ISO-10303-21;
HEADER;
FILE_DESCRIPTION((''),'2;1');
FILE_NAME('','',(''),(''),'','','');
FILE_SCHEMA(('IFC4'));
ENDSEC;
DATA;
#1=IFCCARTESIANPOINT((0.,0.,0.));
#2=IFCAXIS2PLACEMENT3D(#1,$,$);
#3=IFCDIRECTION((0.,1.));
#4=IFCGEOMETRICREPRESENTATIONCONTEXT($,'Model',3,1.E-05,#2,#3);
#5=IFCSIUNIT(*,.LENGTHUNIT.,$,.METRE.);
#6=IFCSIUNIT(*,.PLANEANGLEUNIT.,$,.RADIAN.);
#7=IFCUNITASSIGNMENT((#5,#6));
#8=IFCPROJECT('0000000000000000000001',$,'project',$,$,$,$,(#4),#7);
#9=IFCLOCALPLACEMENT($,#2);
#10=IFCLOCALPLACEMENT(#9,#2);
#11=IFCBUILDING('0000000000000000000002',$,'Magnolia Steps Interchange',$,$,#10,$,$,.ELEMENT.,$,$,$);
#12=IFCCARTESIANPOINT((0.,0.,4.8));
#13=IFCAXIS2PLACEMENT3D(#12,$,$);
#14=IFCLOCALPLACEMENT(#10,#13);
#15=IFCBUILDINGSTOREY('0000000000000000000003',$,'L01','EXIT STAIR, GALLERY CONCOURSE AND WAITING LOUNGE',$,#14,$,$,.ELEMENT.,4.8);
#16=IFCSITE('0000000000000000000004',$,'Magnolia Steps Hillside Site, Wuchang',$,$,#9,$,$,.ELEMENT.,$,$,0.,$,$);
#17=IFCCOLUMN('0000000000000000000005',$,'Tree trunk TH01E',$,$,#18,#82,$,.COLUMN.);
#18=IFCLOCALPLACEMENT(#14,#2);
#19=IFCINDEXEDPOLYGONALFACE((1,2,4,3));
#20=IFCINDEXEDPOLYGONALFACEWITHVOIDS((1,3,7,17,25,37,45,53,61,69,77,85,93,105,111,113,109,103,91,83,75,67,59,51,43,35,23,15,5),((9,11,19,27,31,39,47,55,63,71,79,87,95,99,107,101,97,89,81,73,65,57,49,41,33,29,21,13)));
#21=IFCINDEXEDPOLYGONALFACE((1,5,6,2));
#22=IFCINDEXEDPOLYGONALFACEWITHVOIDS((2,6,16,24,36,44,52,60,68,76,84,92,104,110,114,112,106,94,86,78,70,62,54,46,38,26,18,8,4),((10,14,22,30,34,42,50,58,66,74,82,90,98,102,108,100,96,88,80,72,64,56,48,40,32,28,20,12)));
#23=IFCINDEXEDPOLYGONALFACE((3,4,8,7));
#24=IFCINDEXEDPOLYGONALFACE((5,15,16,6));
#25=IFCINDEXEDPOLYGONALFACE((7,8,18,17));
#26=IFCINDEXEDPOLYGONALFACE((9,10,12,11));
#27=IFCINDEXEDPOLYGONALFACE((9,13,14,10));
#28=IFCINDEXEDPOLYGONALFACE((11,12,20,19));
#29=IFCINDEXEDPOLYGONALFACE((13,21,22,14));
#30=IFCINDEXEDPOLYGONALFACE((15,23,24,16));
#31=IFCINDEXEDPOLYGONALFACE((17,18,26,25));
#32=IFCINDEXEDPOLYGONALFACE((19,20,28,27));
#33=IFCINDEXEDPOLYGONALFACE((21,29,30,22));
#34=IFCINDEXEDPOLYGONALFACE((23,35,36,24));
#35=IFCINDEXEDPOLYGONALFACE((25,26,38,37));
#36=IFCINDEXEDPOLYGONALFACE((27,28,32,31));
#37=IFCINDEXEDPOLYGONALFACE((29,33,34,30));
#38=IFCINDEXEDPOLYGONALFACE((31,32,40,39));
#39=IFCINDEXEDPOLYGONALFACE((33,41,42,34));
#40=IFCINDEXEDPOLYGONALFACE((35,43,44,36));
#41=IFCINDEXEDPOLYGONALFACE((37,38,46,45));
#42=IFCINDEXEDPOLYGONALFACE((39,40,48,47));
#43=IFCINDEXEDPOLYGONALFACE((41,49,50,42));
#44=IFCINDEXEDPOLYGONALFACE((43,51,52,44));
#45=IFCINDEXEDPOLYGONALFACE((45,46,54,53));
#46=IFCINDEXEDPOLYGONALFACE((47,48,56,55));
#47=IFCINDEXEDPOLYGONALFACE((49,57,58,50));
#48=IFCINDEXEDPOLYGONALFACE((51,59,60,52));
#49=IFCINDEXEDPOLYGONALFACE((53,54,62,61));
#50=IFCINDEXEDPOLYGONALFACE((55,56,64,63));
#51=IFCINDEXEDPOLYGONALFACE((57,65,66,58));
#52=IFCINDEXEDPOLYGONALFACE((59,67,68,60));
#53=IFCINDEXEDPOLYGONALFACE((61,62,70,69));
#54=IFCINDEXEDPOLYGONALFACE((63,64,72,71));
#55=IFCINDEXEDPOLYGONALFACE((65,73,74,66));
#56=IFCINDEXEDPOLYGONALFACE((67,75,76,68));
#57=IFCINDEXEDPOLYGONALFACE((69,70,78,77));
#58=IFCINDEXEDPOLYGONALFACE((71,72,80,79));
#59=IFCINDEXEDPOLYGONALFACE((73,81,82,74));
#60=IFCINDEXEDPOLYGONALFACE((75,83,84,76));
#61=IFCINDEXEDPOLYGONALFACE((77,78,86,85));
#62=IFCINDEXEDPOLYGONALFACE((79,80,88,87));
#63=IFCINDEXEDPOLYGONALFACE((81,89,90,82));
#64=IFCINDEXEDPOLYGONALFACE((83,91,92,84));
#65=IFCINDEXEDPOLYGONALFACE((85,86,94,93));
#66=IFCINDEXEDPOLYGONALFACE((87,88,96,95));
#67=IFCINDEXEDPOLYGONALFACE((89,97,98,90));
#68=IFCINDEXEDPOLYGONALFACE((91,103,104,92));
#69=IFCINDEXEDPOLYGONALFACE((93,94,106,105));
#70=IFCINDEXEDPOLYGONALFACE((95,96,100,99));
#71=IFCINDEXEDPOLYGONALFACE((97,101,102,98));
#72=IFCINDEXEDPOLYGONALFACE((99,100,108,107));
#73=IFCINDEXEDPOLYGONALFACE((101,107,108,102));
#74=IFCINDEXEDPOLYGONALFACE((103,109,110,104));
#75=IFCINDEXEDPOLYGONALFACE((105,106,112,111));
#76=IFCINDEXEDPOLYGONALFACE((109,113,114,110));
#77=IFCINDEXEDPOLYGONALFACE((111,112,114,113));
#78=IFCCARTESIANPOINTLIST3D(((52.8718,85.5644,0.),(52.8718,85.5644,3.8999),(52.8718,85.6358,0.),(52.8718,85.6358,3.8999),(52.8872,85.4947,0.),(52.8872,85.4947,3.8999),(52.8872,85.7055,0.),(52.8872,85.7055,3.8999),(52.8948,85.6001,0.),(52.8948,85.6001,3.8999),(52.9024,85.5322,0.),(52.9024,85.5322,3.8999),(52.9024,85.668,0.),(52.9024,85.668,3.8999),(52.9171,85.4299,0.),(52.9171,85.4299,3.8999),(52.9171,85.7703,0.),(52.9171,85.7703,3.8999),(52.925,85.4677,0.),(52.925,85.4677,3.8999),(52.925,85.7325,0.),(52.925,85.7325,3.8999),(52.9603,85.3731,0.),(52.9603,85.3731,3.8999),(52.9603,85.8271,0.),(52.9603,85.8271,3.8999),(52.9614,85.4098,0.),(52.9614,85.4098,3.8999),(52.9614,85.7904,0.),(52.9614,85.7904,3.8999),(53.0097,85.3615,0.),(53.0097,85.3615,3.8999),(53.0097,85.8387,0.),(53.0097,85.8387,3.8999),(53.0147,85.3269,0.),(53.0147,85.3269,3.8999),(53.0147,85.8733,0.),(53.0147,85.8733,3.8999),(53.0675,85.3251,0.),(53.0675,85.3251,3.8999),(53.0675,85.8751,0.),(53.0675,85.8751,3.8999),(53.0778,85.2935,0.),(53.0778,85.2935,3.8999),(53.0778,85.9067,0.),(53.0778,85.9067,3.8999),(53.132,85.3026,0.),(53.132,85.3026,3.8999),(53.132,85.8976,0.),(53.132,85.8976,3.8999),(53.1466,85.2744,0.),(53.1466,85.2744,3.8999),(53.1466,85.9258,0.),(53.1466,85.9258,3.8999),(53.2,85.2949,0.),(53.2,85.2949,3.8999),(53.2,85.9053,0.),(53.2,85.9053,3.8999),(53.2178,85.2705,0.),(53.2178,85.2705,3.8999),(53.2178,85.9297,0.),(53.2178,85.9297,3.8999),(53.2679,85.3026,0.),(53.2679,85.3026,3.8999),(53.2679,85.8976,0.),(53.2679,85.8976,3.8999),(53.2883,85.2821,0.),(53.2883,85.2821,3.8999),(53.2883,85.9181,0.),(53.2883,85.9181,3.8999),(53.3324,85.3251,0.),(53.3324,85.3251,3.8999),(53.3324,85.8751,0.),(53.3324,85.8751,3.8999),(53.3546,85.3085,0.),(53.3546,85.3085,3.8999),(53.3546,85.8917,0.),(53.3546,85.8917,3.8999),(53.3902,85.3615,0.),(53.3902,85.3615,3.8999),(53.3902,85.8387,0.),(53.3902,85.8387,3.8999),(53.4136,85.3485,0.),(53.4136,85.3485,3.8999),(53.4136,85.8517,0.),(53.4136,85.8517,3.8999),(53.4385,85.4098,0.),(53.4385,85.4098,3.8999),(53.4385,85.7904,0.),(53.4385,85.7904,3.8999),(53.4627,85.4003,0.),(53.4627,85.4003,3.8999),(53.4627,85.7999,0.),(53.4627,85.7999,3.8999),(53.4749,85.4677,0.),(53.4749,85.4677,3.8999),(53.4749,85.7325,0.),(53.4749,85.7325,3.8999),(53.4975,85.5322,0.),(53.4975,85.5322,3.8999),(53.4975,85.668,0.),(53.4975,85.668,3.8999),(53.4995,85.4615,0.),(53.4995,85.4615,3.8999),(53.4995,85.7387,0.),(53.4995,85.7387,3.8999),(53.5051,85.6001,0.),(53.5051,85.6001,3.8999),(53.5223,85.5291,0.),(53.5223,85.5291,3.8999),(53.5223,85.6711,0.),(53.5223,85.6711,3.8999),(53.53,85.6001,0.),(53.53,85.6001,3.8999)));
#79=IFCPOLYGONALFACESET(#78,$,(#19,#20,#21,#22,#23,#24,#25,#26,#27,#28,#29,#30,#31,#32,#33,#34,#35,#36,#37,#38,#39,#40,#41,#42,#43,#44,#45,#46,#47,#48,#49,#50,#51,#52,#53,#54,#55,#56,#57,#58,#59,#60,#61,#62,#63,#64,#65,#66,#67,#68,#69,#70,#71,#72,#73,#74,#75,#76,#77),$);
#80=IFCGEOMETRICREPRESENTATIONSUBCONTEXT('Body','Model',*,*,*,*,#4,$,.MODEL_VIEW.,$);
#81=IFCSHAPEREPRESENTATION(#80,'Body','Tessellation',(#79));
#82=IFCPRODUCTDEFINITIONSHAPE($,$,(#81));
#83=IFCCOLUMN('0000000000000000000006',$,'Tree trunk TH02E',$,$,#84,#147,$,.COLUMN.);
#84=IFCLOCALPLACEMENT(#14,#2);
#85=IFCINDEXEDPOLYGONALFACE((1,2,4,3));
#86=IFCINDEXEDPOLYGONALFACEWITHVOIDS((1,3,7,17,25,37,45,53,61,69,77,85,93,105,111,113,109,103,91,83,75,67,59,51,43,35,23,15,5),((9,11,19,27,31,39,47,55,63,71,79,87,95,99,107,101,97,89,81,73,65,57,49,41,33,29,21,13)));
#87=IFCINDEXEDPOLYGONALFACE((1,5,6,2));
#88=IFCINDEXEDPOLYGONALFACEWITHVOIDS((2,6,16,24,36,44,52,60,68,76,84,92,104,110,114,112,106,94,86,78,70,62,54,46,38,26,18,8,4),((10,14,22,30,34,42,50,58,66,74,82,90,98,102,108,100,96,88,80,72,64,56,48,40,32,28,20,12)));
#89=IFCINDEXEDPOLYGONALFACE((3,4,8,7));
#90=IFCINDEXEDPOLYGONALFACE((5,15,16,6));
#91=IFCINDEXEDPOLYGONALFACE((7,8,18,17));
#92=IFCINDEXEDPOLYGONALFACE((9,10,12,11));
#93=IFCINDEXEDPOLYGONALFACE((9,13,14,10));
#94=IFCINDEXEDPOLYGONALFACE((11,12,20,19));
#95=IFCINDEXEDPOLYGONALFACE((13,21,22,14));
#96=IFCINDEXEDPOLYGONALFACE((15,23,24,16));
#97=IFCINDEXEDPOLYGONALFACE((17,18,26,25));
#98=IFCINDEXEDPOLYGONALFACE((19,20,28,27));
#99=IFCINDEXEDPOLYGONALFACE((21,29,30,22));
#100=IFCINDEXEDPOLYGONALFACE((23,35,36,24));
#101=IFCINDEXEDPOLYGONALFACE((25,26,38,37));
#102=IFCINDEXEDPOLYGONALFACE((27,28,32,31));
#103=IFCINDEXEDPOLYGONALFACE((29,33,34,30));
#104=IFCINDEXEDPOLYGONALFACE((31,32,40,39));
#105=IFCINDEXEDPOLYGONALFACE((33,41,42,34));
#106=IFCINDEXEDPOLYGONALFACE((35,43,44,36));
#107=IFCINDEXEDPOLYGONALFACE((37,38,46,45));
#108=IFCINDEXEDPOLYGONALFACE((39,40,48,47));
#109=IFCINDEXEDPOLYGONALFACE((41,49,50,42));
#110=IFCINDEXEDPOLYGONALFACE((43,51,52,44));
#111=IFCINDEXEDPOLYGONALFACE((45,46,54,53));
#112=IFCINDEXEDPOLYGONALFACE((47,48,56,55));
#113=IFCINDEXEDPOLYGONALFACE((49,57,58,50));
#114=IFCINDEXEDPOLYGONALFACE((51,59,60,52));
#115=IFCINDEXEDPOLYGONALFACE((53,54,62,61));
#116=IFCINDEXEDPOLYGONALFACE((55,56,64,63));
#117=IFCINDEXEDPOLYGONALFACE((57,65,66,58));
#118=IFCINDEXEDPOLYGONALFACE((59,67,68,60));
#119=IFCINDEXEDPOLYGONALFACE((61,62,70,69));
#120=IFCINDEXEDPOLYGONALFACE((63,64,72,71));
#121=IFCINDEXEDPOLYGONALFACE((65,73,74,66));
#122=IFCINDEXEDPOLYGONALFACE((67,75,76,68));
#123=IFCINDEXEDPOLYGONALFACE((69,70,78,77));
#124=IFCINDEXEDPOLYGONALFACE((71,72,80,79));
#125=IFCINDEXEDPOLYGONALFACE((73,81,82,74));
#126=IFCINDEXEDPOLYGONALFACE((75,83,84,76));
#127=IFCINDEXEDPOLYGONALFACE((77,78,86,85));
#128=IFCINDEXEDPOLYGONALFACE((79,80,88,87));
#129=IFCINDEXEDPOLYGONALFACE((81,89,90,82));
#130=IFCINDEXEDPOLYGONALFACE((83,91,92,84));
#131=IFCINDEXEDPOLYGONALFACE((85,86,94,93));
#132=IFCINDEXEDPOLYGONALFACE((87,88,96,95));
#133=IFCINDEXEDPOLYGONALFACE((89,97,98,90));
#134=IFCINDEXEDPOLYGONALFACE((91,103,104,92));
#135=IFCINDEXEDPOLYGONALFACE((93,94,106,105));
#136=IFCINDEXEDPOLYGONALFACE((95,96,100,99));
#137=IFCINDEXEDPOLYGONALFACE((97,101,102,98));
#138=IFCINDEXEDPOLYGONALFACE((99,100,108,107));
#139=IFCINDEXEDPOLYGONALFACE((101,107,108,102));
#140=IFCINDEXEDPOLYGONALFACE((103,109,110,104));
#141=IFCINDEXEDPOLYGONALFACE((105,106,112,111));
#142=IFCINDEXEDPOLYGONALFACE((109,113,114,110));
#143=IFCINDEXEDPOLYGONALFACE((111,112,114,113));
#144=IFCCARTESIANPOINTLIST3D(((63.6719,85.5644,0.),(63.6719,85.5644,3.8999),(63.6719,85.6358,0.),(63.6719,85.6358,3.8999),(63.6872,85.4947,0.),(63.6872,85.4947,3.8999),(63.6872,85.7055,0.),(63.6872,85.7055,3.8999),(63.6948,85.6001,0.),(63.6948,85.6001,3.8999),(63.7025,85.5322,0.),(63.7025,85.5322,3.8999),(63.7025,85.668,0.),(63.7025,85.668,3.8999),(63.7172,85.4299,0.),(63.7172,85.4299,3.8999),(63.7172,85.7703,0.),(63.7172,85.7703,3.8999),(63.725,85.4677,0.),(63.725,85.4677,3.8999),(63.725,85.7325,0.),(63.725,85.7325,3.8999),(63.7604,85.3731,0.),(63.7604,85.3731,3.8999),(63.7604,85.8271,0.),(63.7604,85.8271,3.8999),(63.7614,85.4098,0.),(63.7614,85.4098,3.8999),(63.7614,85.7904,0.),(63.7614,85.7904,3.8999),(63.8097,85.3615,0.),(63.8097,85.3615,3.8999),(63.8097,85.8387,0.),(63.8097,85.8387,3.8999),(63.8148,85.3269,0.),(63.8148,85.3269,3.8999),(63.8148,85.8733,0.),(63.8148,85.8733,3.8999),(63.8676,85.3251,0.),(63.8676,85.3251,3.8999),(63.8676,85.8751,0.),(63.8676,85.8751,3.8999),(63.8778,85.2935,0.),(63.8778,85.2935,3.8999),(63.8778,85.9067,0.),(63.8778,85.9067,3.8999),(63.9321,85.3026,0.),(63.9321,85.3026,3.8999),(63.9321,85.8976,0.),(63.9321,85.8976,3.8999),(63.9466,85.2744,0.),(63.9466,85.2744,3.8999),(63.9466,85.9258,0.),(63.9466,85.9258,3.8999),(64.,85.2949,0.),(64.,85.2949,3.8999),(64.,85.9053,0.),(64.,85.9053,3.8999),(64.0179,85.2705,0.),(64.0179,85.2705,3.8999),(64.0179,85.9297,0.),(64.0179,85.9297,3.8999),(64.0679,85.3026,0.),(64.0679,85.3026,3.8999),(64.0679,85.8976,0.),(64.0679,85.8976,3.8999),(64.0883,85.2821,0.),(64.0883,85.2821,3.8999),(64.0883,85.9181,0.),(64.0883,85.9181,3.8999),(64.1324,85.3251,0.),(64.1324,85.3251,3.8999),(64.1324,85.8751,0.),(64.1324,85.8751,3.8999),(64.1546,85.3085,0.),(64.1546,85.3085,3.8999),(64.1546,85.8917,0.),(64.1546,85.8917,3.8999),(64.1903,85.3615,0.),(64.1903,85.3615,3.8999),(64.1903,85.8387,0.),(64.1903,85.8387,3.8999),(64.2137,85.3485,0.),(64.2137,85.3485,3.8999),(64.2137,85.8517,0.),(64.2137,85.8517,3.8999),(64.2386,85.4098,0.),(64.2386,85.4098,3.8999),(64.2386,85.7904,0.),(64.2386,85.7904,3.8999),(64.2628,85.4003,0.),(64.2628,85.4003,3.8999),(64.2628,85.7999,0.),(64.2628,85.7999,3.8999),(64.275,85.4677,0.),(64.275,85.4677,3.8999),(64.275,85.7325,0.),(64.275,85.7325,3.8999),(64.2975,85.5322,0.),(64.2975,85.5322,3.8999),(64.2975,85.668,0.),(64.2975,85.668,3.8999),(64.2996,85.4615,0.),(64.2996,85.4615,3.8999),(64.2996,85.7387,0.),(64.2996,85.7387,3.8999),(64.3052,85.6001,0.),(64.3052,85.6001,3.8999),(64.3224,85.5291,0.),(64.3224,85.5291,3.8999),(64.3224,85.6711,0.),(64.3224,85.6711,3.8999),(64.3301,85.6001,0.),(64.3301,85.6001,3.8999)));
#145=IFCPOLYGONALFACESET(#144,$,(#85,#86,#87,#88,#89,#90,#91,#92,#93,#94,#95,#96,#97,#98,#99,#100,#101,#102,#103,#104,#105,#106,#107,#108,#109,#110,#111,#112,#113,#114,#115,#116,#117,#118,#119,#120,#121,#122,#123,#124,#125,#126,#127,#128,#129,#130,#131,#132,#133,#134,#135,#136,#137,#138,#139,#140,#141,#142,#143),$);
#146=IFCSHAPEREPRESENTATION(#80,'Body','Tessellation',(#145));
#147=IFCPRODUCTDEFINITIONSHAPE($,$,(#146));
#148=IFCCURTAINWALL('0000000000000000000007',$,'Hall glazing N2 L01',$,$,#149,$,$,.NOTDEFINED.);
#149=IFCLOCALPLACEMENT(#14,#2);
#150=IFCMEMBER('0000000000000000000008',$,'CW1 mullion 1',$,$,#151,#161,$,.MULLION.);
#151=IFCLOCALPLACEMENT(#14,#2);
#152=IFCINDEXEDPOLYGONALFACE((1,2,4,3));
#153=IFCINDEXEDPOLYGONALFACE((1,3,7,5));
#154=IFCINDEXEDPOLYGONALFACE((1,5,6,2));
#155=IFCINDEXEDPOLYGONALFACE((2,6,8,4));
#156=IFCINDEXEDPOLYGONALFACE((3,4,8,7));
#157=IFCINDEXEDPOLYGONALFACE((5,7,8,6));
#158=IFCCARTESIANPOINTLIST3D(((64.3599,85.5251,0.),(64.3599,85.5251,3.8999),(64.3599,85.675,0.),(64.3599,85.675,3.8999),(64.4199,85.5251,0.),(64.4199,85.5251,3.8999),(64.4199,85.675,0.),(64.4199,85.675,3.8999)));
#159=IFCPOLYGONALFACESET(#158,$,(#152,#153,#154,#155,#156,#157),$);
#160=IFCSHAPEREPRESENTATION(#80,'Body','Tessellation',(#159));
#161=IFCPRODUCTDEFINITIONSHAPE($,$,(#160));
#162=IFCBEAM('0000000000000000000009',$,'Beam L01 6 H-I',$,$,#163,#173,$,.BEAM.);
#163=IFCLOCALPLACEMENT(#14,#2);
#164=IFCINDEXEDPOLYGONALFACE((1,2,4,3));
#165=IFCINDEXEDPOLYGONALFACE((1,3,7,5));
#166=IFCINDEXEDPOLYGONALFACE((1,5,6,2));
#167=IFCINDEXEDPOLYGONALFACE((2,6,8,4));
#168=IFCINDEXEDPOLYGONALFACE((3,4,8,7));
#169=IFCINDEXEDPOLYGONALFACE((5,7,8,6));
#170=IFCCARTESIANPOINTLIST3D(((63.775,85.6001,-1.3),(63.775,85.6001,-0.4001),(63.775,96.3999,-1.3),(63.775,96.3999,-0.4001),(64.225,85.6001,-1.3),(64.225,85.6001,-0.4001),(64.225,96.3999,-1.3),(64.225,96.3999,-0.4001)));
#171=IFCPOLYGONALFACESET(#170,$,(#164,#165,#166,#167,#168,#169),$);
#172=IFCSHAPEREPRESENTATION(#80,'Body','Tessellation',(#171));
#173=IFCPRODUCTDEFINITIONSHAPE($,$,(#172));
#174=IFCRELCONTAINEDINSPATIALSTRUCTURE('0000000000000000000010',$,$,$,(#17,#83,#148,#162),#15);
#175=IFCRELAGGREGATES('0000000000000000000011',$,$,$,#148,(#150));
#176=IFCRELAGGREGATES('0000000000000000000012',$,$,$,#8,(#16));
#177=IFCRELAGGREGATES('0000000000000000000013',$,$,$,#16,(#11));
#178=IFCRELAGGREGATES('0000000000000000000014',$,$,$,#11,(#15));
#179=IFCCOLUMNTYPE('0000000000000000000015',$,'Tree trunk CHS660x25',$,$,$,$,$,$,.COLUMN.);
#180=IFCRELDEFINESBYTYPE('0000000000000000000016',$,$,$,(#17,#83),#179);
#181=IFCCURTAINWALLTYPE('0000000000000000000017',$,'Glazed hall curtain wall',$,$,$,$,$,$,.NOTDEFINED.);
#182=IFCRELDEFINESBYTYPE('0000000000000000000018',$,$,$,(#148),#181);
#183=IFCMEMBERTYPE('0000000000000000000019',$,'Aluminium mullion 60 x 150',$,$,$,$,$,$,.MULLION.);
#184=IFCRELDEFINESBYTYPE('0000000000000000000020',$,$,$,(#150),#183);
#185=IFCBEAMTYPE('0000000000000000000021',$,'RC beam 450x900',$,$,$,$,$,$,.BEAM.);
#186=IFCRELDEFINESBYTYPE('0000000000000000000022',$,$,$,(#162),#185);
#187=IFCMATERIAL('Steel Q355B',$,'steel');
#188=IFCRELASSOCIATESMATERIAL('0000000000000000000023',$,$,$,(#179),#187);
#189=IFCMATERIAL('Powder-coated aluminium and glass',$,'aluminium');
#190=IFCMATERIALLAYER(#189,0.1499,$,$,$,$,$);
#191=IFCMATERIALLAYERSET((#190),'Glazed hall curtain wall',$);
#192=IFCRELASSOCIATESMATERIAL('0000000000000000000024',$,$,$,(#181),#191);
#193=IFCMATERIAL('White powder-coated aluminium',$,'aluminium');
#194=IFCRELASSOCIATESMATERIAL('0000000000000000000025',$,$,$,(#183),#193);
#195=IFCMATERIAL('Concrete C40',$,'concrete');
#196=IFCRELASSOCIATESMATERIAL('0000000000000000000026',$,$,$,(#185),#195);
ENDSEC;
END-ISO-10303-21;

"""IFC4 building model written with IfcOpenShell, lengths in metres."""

from ifc_helpers import new_model, si_unit, direction, frame, origin, origin_2d, place, context, subcontext, project, spatial, rectangle, hollow_circle, extrude, material, layer, layer_set, material_profile, profile_set, type_object, element, aggregate, save


model = new_model("IFC4")

# Units and contexts
model_context = context("Model", 3, precision=1e-05, world=origin(), true_north=direction((0.0, 1.0)))
body_context = subcontext(model_context, "Body", "Model", "MODEL_VIEW")
ifc_project = project(units=[si_unit("LENGTHUNIT", "METRE"), si_unit("PLANEANGLEUNIT", "RADIAN")], contexts=[model_context])

# Site, building, storey
site_placement = place(None, origin())
site = spatial("IfcSite", under=ifc_project, at=site_placement, Name="Magnolia Steps Hillside Site, Wuchang", CompositionType="ELEMENT", RefElevation=0.0)
building_placement = place(site_placement, origin())
building = spatial("IfcBuilding", under=site, at=building_placement, Name="Magnolia Steps Interchange", CompositionType="ELEMENT")
storey_placement = place(building_placement, frame((0.0, 0.0, 4.8)))
storey = spatial("IfcBuildingStorey", under=building, at=storey_placement, Name="L01", Description="EXIT STAIR, GALLERY CONCOURSE AND WAITING LOUNGE", CompositionType="ELEMENT", Elevation=4.8)

# Columns
ifc_material_1 = material(Name="Steel Q355B", Category="steel")
ifc_material_profile_1 = material_profile(ifc_material_1, hollow_circle(Radius=0.3301, WallThickness=0.0249, at=origin_2d()), Name="CHS660x25")
ifc_profile_set_1 = profile_set([ifc_material_profile_1], Name="Steel Q355B")
column_type = type_object("IfcColumnType", Name="Tree trunk CHS660x25", PredefinedType="COLUMN", material=ifc_profile_set_1)
for number, where, z_axis, x_axis, name in (
    (1, (53.2, 85.6001, 0.0), (0.0, 0.0, 1.0), (1.0, 0.0, 0.0), "Tree trunk TH01E"),
    (2, (64.0, 85.6001, 0.0), (0.0, 0.0, 1.0), (1.0, 0.0, 0.0), "Tree trunk TH02E"),
):
    element("IfcColumn", number, at=place(storey_placement, frame(where, z_axis=z_axis, x_axis=x_axis)), inside=storey, type_object=column_type, Name=name, PredefinedType="COLUMN", context=body_context, shape_type="SweptSolid", body=[
        extrude(hollow_circle(Radius=0.3301, WallThickness=0.0249, at=origin_2d()), origin(), (0.0, 0.0, 1.0), 3.8999),
    ])

# Curtain wall, member
ifc_material_2 = material(Name="Powder-coated aluminium and glass", Category="aluminium")
ifc_layer_1 = layer(ifc_material_2, 0.1499)
ifc_layer_set_1 = layer_set([ifc_layer_1], Name="Glazed hall curtain wall")
curtain_wall_type = type_object("IfcCurtainWallType", Name="Glazed hall curtain wall", PredefinedType="NOTDEFINED", material=ifc_layer_set_1)
curtain_wall_placement = place(storey_placement, origin())
curtain_wall = element("IfcCurtainWall", 3, at=curtain_wall_placement, inside=storey, type_object=curtain_wall_type, Name="Hall glazing N2 L01", PredefinedType="NOTDEFINED")
ifc_material_3 = material(Name="White powder-coated aluminium", Category="aluminium")
ifc_material_profile_2 = material_profile(ifc_material_3, rectangle(XDim=0.0601, YDim=0.1499, at=origin_2d()), Name="Aluminium mullion 60 x 150")
ifc_profile_set_2 = profile_set([ifc_material_profile_2], Name="White powder-coated aluminium")
member_type = type_object("IfcMemberType", Name="Aluminium mullion 60 x 150", PredefinedType="MULLION", material=ifc_profile_set_2)
member_placement = place(storey_placement, frame((64.3899, 85.6001, 0.0), z_axis=(0.0, 0.0, 1.0), x_axis=(1.0, 0.0, 0.0)))
member = element("IfcMember", 4, at=member_placement, type_object=member_type, Name="CW1 mullion 1", PredefinedType="MULLION", context=body_context, shape_type="SweptSolid", body=[
    extrude(rectangle(XDim=0.0601, YDim=0.1499, at=origin_2d()), origin(), (0.0, 0.0, 1.0), 3.8999),
])
aggregate(curtain_wall, [member])

# Beam
ifc_material_4 = material(Name="Concrete C40", Category="concrete")
ifc_material_profile_3 = material_profile(ifc_material_4, rectangle(XDim=0.45, YDim=0.8999, at=origin_2d()), Name="RC450x900")
ifc_profile_set_3 = profile_set([ifc_material_profile_3], Name="Concrete C40")
beam_type_1 = type_object("IfcBeamType", Name="RC beam 450x900", PredefinedType="BEAM", material=ifc_profile_set_3)
beam_1_placement = place(storey_placement, frame((64.0, 85.6001, -0.8501), z_axis=(0.0, 1.0, 0.0), x_axis=(-1.0, 0.0, 0.0)))
element("IfcBeam", 5, at=beam_1_placement, inside=storey, type_object=beam_type_1, Name="Beam L01 6 H-I", PredefinedType="BEAM", context=body_context, shape_type="SweptSolid", body=[
    extrude(rectangle(XDim=0.45, YDim=0.8999, at=origin_2d()), origin(), (0.0, 0.0, 1.0), 10.7998),
])

save(model, "model.ifc")
